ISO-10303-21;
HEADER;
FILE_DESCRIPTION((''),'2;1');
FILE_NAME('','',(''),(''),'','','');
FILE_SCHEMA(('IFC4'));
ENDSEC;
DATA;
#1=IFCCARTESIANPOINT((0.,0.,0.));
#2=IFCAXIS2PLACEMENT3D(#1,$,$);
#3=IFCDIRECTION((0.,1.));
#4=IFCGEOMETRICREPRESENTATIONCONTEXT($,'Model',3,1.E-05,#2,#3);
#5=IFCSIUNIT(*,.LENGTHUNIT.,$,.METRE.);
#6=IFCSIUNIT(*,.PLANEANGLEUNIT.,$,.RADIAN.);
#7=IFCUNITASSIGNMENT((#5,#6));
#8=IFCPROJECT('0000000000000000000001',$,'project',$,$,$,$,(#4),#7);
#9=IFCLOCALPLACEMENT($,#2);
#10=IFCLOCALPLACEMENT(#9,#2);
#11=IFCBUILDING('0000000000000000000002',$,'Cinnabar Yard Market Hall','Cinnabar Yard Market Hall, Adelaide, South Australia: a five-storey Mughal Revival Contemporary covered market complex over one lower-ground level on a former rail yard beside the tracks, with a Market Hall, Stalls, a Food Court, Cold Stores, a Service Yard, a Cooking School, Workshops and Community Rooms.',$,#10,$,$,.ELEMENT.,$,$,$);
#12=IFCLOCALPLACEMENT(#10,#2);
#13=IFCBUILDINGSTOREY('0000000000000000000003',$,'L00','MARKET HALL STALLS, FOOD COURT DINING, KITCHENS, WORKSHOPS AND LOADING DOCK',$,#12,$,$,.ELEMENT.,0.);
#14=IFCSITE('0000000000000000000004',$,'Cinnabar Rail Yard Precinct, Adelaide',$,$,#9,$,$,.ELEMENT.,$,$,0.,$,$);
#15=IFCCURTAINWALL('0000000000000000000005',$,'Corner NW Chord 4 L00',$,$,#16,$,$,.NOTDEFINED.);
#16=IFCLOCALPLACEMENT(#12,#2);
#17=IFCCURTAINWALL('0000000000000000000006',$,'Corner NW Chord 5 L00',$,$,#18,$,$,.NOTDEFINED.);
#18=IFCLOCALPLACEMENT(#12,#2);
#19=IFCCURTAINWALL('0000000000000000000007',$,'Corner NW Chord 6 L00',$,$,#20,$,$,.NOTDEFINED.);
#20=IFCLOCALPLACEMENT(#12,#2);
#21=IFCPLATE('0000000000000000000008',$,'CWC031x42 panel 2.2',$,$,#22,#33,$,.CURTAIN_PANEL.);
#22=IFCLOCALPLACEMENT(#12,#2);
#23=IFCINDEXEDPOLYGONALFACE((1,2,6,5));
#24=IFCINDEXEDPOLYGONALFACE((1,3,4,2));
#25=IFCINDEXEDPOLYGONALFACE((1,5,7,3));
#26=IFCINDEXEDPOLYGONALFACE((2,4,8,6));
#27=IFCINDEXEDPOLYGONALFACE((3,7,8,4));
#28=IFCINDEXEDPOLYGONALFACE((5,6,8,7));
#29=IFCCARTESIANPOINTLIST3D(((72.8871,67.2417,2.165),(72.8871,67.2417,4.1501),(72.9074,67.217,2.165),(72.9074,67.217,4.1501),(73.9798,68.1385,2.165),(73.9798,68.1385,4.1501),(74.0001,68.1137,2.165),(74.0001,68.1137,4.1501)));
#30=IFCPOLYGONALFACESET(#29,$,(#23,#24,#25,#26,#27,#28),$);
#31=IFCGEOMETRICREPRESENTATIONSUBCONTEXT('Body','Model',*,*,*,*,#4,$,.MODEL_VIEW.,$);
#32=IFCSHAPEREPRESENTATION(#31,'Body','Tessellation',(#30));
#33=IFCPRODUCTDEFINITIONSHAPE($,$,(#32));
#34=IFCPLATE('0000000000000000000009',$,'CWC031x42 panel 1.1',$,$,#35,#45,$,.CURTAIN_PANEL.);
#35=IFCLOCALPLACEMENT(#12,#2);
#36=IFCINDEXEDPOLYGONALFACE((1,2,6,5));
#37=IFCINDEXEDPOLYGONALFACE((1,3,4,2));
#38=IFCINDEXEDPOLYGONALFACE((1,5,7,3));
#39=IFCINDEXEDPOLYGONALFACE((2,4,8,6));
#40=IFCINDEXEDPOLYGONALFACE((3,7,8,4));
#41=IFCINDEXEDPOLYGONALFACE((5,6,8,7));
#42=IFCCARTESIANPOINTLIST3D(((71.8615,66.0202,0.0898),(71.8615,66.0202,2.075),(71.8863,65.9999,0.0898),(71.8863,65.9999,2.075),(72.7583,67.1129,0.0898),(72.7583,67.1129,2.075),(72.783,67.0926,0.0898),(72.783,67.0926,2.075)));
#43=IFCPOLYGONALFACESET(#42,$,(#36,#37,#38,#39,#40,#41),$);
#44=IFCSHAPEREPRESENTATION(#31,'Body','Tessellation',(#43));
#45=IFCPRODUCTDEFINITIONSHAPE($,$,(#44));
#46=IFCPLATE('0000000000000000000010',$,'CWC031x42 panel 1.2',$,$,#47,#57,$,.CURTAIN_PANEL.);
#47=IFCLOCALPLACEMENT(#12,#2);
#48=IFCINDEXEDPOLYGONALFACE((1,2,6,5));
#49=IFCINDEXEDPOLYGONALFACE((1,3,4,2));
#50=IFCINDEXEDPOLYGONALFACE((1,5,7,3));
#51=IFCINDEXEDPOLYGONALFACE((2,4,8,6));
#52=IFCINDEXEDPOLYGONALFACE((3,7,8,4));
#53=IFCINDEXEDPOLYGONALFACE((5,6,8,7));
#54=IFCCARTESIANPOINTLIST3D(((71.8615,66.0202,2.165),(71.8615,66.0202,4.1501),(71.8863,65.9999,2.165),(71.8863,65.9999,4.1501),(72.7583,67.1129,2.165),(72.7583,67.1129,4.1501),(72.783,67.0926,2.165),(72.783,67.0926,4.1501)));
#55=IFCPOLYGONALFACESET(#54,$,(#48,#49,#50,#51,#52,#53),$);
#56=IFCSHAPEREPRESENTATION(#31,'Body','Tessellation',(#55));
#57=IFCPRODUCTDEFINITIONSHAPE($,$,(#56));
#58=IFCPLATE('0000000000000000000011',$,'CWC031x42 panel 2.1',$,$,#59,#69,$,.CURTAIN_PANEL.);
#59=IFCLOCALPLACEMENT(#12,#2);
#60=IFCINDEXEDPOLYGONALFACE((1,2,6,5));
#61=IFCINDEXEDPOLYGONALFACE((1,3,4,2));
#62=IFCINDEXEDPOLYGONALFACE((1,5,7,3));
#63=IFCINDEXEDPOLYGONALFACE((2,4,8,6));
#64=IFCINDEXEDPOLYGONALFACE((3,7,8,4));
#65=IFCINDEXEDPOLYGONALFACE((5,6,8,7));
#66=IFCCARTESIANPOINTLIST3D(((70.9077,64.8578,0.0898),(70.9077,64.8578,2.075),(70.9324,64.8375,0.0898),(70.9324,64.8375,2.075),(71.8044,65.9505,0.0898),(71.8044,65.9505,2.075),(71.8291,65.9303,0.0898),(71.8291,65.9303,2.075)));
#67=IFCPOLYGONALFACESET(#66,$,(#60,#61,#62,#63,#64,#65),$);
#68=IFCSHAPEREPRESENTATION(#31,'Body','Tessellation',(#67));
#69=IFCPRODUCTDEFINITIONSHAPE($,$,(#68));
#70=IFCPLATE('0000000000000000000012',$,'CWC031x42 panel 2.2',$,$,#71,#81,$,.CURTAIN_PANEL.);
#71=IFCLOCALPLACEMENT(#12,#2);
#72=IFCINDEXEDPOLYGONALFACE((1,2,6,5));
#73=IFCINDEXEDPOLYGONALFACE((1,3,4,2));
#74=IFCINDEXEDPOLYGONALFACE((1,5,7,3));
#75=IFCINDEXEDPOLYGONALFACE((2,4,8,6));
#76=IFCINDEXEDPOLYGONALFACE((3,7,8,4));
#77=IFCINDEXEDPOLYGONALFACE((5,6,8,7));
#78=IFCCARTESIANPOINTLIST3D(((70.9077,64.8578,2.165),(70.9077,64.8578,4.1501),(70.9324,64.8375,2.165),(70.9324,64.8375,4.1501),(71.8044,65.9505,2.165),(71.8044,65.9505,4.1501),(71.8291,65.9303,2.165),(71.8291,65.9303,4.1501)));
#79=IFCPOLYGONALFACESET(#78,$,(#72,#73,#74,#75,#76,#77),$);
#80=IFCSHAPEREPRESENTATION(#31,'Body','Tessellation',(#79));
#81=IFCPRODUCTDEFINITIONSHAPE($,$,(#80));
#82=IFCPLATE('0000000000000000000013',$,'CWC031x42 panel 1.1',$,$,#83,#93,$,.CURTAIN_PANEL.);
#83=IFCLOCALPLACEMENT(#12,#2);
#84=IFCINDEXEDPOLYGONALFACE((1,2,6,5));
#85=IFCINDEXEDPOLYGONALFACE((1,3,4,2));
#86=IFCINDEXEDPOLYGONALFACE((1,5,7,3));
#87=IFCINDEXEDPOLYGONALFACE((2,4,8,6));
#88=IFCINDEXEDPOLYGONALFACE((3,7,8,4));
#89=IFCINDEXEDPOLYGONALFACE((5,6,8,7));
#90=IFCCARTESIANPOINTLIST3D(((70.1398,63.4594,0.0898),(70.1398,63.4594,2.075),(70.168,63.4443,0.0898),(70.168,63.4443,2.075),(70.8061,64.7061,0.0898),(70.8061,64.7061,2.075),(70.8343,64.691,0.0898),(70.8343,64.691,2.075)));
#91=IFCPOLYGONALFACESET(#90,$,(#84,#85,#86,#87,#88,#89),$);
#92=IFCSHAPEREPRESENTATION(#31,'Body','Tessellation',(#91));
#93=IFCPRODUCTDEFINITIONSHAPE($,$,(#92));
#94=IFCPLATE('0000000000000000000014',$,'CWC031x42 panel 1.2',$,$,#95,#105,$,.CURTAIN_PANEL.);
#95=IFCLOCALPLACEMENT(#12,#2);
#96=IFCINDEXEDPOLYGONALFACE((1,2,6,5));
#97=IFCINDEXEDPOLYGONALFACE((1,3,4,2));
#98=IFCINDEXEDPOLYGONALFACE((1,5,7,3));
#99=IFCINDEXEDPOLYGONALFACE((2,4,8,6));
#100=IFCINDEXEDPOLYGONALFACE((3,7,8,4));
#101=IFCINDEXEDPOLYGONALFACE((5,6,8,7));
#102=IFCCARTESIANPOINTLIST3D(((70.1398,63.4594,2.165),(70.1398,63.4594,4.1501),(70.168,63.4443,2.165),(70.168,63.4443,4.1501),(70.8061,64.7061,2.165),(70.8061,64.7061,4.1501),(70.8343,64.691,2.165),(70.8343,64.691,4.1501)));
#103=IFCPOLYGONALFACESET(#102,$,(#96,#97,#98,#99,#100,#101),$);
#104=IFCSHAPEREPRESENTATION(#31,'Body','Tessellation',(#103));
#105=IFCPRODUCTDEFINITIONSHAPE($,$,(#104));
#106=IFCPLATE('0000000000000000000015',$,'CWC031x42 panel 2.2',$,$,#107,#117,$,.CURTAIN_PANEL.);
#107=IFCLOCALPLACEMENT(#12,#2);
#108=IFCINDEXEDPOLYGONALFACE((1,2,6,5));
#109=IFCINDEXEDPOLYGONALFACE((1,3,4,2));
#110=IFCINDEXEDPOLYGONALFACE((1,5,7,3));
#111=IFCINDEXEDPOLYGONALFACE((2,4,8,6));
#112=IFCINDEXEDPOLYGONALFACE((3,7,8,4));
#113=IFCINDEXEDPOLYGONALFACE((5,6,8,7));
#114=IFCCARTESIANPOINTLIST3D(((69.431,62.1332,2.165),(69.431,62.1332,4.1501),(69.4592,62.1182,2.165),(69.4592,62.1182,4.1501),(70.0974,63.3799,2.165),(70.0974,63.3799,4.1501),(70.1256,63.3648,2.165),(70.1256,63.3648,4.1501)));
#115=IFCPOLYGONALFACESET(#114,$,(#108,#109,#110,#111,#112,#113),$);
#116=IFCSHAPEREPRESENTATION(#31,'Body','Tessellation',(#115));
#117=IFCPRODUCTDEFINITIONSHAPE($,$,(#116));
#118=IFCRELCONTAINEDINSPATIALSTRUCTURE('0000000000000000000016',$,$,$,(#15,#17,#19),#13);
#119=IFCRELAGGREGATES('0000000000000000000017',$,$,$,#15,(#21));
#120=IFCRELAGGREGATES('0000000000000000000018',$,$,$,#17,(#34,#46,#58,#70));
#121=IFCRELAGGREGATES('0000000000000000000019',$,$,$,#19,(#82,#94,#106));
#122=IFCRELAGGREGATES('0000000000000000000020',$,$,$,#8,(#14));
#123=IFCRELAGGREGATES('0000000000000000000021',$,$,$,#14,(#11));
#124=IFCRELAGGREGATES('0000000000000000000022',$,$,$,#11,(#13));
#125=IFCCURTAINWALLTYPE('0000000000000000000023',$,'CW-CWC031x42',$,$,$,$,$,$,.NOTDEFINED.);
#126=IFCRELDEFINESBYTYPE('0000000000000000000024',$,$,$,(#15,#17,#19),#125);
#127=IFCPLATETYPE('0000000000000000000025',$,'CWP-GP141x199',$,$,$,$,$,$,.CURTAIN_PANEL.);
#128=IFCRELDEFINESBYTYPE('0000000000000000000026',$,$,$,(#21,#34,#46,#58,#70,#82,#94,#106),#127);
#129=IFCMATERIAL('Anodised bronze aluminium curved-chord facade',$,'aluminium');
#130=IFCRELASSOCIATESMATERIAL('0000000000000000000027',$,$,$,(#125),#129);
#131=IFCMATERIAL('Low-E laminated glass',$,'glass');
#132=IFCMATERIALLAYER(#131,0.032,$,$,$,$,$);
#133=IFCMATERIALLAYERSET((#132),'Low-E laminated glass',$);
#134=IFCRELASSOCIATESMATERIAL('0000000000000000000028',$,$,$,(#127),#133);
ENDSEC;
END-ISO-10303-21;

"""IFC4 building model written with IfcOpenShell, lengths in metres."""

from ifc_helpers import new_model, si_unit, direction, frame, origin, origin_2d_with_axis, place, context, subcontext, project, spatial, rectangle, extrude, material, layer, layer_set, type_object, element, aggregate, save


model = new_model("IFC4")

# Units and contexts
model_context = context("Model", 3, precision=1e-05, world=origin(), true_north=direction((0.0, 1.0)))
body_context = subcontext(model_context, "Body", "Model", "MODEL_VIEW")
ifc_project = project(units=[si_unit("LENGTHUNIT", "METRE"), si_unit("PLANEANGLEUNIT", "RADIAN")], contexts=[model_context])

# Site, building, storey
site_placement = place(None, origin())
site = spatial("IfcSite", under=ifc_project, at=site_placement, Name="Cinnabar Rail Yard Precinct, Adelaide", CompositionType="ELEMENT", RefElevation=0.0)
building_placement = place(site_placement, origin())
building = spatial("IfcBuilding", under=site, at=building_placement, Name="Cinnabar Yard Market Hall", Description="Cinnabar Yard Market Hall, Adelaide, South Australia: a five-storey Mughal Revival Contemporary covered market complex over one lower-ground level on a former rail yard beside the tracks, with a Market Hall, Stalls, a Food Court, Cold Stores, a Service Yard, a Cooking School, Workshops and Community Rooms.", CompositionType="ELEMENT")
storey_placement = place(building_placement, origin())
storey = spatial("IfcBuildingStorey", under=building, at=storey_placement, Name="L00", Description="MARKET HALL STALLS, FOOD COURT DINING, KITCHENS, WORKSHOPS AND LOADING DOCK", CompositionType="ELEMENT", Elevation=0.0)

# Curtain walls
ifc_material_1 = material(Name="Anodised bronze aluminium curved-chord facade", Category="aluminium")
curtain_wall_type = type_object("IfcCurtainWallType", Name="CW-CWC031x42", PredefinedType="NOTDEFINED", material=ifc_material_1)
curtain_wall_1_placement = place(storey_placement, origin())
curtain_wall_1 = element("IfcCurtainWall", 1, at=curtain_wall_1_placement, inside=storey, type_object=curtain_wall_type, Name="Corner NW Chord 4 L00", PredefinedType="NOTDEFINED")
curtain_wall_2_placement = place(storey_placement, origin())
curtain_wall_2 = element("IfcCurtainWall", 2, at=curtain_wall_2_placement, inside=storey, type_object=curtain_wall_type, Name="Corner NW Chord 5 L00", PredefinedType="NOTDEFINED")
curtain_wall_3_placement = place(storey_placement, origin())
curtain_wall_3 = element("IfcCurtainWall", 3, at=curtain_wall_3_placement, inside=storey, type_object=curtain_wall_type, Name="Corner NW Chord 6 L00", PredefinedType="NOTDEFINED")

# Plates
ifc_material_2 = material(Name="Low-E laminated glass", Category="glass")
ifc_layer = layer(ifc_material_2, 0.032)
ifc_layer_set = layer_set([ifc_layer], Name="Low-E laminated glass")
plate_type = type_object("IfcPlateType", Name="CWP-GP141x199", PredefinedType="CURTAIN_PANEL", material=ifc_layer_set)
plate_1_placement = place(storey_placement, frame((73.4436, 67.6777, 2.165), z_axis=(0.0, 0.0, 1.0), x_axis=(-0.773019, -0.634383, 0.0)))
plate_1 = element("IfcPlate", 4, at=plate_1_placement, type_object=plate_type, Name="CWC031x42 panel 2.2", PredefinedType="CURTAIN_PANEL", context=body_context, shape_type="SweptSolid", body=[
    extrude(rectangle(XDim=1.4136, YDim=0.032, at=origin_2d_with_axis()), origin(), (0.0, 0.0, 1.0), 1.9851),
])
aggregate(curtain_wall_1, [plate_1])
plate_2_placement = place(storey_placement, frame((72.3223, 66.5564, 0.0898), z_axis=(0.0, 0.0, 1.0), x_axis=(-0.634383, -0.773019, 0.0)))
plate_2 = element("IfcPlate", 5, at=plate_2_placement, type_object=plate_type, Name="CWC031x42 panel 1.1", PredefinedType="CURTAIN_PANEL", context=body_context, shape_type="SweptSolid", body=[
    extrude(rectangle(XDim=1.4136, YDim=0.032, at=origin_2d_with_axis()), origin(), (0.0, 0.0, 1.0), 1.9851),
])
plate_3_placement = place(storey_placement, frame((72.3223, 66.5564, 2.165), z_axis=(0.0, 0.0, 1.0), x_axis=(-0.634383, -0.773019, 0.0)))
plate_3 = element("IfcPlate", 6, at=plate_3_placement, type_object=plate_type, Name="CWC031x42 panel 1.2", PredefinedType="CURTAIN_PANEL", context=body_context, shape_type="SweptSolid", body=[
    extrude(rectangle(XDim=1.4136, YDim=0.032, at=origin_2d_with_axis()), origin(), (0.0, 0.0, 1.0), 1.9851),
])
plate_4_placement = place(storey_placement, frame((71.3684, 65.394, 0.0898), z_axis=(0.0, 0.0, 1.0), x_axis=(-0.634383, -0.773019, 0.0)))
plate_4 = element("IfcPlate", 7, at=plate_4_placement, type_object=plate_type, Name="CWC031x42 panel 2.1", PredefinedType="CURTAIN_PANEL", context=body_context, shape_type="SweptSolid", body=[
    extrude(rectangle(XDim=1.4136, YDim=0.032, at=origin_2d_with_axis()), origin(), (0.0, 0.0, 1.0), 1.9851),
])
plate_5_placement = place(storey_placement, frame((71.3684, 65.394, 2.165), z_axis=(0.0, 0.0, 1.0), x_axis=(-0.634383, -0.773019, 0.0)))
plate_5 = element("IfcPlate", 8, at=plate_5_placement, type_object=plate_type, Name="CWC031x42 panel 2.2", PredefinedType="CURTAIN_PANEL", context=body_context, shape_type="SweptSolid", body=[
    extrude(rectangle(XDim=1.4136, YDim=0.032, at=origin_2d_with_axis()), origin(), (0.0, 0.0, 1.0), 1.9851),
])
aggregate(curtain_wall_2, [plate_2, plate_3, plate_4, plate_5])
plate_6_placement = place(storey_placement, frame((70.4871, 64.0752, 0.0898), z_axis=(0.0, 0.0, 1.0), x_axis=(-0.471404, -0.881917, 0.0)))
plate_6 = element("IfcPlate", 9, at=plate_6_placement, type_object=plate_type, Name="CWC031x42 panel 1.1", PredefinedType="CURTAIN_PANEL", context=body_context, shape_type="SweptSolid", body=[
    extrude(rectangle(XDim=1.4136, YDim=0.032, at=origin_2d_with_axis()), origin(), (0.0, 0.0, 1.0), 1.9851),
])
plate_7_placement = place(storey_placement, frame((70.4871, 64.0752, 2.165), z_axis=(0.0, 0.0, 1.0), x_axis=(-0.471404, -0.881917, 0.0)))
plate_7 = element("IfcPlate", 10, at=plate_7_placement, type_object=plate_type, Name="CWC031x42 panel 1.2", PredefinedType="CURTAIN_PANEL", context=body_context, shape_type="SweptSolid", body=[
    extrude(rectangle(XDim=1.4136, YDim=0.032, at=origin_2d_with_axis()), origin(), (0.0, 0.0, 1.0), 1.9851),
])
plate_8_placement = place(storey_placement, frame((69.7783, 62.749, 2.165), z_axis=(0.0, 0.0, 1.0), x_axis=(-0.471404, -0.881917, 0.0)))
plate_8 = element("IfcPlate", 11, at=plate_8_placement, type_object=plate_type, Name="CWC031x42 panel 2.2", PredefinedType="CURTAIN_PANEL", context=body_context, shape_type="SweptSolid", body=[
    extrude(rectangle(XDim=1.4136, YDim=0.032, at=origin_2d_with_axis()), origin(), (0.0, 0.0, 1.0), 1.9851),
])
aggregate(curtain_wall_3, [plate_6, plate_7, plate_8])

save(model, "model.ifc")
